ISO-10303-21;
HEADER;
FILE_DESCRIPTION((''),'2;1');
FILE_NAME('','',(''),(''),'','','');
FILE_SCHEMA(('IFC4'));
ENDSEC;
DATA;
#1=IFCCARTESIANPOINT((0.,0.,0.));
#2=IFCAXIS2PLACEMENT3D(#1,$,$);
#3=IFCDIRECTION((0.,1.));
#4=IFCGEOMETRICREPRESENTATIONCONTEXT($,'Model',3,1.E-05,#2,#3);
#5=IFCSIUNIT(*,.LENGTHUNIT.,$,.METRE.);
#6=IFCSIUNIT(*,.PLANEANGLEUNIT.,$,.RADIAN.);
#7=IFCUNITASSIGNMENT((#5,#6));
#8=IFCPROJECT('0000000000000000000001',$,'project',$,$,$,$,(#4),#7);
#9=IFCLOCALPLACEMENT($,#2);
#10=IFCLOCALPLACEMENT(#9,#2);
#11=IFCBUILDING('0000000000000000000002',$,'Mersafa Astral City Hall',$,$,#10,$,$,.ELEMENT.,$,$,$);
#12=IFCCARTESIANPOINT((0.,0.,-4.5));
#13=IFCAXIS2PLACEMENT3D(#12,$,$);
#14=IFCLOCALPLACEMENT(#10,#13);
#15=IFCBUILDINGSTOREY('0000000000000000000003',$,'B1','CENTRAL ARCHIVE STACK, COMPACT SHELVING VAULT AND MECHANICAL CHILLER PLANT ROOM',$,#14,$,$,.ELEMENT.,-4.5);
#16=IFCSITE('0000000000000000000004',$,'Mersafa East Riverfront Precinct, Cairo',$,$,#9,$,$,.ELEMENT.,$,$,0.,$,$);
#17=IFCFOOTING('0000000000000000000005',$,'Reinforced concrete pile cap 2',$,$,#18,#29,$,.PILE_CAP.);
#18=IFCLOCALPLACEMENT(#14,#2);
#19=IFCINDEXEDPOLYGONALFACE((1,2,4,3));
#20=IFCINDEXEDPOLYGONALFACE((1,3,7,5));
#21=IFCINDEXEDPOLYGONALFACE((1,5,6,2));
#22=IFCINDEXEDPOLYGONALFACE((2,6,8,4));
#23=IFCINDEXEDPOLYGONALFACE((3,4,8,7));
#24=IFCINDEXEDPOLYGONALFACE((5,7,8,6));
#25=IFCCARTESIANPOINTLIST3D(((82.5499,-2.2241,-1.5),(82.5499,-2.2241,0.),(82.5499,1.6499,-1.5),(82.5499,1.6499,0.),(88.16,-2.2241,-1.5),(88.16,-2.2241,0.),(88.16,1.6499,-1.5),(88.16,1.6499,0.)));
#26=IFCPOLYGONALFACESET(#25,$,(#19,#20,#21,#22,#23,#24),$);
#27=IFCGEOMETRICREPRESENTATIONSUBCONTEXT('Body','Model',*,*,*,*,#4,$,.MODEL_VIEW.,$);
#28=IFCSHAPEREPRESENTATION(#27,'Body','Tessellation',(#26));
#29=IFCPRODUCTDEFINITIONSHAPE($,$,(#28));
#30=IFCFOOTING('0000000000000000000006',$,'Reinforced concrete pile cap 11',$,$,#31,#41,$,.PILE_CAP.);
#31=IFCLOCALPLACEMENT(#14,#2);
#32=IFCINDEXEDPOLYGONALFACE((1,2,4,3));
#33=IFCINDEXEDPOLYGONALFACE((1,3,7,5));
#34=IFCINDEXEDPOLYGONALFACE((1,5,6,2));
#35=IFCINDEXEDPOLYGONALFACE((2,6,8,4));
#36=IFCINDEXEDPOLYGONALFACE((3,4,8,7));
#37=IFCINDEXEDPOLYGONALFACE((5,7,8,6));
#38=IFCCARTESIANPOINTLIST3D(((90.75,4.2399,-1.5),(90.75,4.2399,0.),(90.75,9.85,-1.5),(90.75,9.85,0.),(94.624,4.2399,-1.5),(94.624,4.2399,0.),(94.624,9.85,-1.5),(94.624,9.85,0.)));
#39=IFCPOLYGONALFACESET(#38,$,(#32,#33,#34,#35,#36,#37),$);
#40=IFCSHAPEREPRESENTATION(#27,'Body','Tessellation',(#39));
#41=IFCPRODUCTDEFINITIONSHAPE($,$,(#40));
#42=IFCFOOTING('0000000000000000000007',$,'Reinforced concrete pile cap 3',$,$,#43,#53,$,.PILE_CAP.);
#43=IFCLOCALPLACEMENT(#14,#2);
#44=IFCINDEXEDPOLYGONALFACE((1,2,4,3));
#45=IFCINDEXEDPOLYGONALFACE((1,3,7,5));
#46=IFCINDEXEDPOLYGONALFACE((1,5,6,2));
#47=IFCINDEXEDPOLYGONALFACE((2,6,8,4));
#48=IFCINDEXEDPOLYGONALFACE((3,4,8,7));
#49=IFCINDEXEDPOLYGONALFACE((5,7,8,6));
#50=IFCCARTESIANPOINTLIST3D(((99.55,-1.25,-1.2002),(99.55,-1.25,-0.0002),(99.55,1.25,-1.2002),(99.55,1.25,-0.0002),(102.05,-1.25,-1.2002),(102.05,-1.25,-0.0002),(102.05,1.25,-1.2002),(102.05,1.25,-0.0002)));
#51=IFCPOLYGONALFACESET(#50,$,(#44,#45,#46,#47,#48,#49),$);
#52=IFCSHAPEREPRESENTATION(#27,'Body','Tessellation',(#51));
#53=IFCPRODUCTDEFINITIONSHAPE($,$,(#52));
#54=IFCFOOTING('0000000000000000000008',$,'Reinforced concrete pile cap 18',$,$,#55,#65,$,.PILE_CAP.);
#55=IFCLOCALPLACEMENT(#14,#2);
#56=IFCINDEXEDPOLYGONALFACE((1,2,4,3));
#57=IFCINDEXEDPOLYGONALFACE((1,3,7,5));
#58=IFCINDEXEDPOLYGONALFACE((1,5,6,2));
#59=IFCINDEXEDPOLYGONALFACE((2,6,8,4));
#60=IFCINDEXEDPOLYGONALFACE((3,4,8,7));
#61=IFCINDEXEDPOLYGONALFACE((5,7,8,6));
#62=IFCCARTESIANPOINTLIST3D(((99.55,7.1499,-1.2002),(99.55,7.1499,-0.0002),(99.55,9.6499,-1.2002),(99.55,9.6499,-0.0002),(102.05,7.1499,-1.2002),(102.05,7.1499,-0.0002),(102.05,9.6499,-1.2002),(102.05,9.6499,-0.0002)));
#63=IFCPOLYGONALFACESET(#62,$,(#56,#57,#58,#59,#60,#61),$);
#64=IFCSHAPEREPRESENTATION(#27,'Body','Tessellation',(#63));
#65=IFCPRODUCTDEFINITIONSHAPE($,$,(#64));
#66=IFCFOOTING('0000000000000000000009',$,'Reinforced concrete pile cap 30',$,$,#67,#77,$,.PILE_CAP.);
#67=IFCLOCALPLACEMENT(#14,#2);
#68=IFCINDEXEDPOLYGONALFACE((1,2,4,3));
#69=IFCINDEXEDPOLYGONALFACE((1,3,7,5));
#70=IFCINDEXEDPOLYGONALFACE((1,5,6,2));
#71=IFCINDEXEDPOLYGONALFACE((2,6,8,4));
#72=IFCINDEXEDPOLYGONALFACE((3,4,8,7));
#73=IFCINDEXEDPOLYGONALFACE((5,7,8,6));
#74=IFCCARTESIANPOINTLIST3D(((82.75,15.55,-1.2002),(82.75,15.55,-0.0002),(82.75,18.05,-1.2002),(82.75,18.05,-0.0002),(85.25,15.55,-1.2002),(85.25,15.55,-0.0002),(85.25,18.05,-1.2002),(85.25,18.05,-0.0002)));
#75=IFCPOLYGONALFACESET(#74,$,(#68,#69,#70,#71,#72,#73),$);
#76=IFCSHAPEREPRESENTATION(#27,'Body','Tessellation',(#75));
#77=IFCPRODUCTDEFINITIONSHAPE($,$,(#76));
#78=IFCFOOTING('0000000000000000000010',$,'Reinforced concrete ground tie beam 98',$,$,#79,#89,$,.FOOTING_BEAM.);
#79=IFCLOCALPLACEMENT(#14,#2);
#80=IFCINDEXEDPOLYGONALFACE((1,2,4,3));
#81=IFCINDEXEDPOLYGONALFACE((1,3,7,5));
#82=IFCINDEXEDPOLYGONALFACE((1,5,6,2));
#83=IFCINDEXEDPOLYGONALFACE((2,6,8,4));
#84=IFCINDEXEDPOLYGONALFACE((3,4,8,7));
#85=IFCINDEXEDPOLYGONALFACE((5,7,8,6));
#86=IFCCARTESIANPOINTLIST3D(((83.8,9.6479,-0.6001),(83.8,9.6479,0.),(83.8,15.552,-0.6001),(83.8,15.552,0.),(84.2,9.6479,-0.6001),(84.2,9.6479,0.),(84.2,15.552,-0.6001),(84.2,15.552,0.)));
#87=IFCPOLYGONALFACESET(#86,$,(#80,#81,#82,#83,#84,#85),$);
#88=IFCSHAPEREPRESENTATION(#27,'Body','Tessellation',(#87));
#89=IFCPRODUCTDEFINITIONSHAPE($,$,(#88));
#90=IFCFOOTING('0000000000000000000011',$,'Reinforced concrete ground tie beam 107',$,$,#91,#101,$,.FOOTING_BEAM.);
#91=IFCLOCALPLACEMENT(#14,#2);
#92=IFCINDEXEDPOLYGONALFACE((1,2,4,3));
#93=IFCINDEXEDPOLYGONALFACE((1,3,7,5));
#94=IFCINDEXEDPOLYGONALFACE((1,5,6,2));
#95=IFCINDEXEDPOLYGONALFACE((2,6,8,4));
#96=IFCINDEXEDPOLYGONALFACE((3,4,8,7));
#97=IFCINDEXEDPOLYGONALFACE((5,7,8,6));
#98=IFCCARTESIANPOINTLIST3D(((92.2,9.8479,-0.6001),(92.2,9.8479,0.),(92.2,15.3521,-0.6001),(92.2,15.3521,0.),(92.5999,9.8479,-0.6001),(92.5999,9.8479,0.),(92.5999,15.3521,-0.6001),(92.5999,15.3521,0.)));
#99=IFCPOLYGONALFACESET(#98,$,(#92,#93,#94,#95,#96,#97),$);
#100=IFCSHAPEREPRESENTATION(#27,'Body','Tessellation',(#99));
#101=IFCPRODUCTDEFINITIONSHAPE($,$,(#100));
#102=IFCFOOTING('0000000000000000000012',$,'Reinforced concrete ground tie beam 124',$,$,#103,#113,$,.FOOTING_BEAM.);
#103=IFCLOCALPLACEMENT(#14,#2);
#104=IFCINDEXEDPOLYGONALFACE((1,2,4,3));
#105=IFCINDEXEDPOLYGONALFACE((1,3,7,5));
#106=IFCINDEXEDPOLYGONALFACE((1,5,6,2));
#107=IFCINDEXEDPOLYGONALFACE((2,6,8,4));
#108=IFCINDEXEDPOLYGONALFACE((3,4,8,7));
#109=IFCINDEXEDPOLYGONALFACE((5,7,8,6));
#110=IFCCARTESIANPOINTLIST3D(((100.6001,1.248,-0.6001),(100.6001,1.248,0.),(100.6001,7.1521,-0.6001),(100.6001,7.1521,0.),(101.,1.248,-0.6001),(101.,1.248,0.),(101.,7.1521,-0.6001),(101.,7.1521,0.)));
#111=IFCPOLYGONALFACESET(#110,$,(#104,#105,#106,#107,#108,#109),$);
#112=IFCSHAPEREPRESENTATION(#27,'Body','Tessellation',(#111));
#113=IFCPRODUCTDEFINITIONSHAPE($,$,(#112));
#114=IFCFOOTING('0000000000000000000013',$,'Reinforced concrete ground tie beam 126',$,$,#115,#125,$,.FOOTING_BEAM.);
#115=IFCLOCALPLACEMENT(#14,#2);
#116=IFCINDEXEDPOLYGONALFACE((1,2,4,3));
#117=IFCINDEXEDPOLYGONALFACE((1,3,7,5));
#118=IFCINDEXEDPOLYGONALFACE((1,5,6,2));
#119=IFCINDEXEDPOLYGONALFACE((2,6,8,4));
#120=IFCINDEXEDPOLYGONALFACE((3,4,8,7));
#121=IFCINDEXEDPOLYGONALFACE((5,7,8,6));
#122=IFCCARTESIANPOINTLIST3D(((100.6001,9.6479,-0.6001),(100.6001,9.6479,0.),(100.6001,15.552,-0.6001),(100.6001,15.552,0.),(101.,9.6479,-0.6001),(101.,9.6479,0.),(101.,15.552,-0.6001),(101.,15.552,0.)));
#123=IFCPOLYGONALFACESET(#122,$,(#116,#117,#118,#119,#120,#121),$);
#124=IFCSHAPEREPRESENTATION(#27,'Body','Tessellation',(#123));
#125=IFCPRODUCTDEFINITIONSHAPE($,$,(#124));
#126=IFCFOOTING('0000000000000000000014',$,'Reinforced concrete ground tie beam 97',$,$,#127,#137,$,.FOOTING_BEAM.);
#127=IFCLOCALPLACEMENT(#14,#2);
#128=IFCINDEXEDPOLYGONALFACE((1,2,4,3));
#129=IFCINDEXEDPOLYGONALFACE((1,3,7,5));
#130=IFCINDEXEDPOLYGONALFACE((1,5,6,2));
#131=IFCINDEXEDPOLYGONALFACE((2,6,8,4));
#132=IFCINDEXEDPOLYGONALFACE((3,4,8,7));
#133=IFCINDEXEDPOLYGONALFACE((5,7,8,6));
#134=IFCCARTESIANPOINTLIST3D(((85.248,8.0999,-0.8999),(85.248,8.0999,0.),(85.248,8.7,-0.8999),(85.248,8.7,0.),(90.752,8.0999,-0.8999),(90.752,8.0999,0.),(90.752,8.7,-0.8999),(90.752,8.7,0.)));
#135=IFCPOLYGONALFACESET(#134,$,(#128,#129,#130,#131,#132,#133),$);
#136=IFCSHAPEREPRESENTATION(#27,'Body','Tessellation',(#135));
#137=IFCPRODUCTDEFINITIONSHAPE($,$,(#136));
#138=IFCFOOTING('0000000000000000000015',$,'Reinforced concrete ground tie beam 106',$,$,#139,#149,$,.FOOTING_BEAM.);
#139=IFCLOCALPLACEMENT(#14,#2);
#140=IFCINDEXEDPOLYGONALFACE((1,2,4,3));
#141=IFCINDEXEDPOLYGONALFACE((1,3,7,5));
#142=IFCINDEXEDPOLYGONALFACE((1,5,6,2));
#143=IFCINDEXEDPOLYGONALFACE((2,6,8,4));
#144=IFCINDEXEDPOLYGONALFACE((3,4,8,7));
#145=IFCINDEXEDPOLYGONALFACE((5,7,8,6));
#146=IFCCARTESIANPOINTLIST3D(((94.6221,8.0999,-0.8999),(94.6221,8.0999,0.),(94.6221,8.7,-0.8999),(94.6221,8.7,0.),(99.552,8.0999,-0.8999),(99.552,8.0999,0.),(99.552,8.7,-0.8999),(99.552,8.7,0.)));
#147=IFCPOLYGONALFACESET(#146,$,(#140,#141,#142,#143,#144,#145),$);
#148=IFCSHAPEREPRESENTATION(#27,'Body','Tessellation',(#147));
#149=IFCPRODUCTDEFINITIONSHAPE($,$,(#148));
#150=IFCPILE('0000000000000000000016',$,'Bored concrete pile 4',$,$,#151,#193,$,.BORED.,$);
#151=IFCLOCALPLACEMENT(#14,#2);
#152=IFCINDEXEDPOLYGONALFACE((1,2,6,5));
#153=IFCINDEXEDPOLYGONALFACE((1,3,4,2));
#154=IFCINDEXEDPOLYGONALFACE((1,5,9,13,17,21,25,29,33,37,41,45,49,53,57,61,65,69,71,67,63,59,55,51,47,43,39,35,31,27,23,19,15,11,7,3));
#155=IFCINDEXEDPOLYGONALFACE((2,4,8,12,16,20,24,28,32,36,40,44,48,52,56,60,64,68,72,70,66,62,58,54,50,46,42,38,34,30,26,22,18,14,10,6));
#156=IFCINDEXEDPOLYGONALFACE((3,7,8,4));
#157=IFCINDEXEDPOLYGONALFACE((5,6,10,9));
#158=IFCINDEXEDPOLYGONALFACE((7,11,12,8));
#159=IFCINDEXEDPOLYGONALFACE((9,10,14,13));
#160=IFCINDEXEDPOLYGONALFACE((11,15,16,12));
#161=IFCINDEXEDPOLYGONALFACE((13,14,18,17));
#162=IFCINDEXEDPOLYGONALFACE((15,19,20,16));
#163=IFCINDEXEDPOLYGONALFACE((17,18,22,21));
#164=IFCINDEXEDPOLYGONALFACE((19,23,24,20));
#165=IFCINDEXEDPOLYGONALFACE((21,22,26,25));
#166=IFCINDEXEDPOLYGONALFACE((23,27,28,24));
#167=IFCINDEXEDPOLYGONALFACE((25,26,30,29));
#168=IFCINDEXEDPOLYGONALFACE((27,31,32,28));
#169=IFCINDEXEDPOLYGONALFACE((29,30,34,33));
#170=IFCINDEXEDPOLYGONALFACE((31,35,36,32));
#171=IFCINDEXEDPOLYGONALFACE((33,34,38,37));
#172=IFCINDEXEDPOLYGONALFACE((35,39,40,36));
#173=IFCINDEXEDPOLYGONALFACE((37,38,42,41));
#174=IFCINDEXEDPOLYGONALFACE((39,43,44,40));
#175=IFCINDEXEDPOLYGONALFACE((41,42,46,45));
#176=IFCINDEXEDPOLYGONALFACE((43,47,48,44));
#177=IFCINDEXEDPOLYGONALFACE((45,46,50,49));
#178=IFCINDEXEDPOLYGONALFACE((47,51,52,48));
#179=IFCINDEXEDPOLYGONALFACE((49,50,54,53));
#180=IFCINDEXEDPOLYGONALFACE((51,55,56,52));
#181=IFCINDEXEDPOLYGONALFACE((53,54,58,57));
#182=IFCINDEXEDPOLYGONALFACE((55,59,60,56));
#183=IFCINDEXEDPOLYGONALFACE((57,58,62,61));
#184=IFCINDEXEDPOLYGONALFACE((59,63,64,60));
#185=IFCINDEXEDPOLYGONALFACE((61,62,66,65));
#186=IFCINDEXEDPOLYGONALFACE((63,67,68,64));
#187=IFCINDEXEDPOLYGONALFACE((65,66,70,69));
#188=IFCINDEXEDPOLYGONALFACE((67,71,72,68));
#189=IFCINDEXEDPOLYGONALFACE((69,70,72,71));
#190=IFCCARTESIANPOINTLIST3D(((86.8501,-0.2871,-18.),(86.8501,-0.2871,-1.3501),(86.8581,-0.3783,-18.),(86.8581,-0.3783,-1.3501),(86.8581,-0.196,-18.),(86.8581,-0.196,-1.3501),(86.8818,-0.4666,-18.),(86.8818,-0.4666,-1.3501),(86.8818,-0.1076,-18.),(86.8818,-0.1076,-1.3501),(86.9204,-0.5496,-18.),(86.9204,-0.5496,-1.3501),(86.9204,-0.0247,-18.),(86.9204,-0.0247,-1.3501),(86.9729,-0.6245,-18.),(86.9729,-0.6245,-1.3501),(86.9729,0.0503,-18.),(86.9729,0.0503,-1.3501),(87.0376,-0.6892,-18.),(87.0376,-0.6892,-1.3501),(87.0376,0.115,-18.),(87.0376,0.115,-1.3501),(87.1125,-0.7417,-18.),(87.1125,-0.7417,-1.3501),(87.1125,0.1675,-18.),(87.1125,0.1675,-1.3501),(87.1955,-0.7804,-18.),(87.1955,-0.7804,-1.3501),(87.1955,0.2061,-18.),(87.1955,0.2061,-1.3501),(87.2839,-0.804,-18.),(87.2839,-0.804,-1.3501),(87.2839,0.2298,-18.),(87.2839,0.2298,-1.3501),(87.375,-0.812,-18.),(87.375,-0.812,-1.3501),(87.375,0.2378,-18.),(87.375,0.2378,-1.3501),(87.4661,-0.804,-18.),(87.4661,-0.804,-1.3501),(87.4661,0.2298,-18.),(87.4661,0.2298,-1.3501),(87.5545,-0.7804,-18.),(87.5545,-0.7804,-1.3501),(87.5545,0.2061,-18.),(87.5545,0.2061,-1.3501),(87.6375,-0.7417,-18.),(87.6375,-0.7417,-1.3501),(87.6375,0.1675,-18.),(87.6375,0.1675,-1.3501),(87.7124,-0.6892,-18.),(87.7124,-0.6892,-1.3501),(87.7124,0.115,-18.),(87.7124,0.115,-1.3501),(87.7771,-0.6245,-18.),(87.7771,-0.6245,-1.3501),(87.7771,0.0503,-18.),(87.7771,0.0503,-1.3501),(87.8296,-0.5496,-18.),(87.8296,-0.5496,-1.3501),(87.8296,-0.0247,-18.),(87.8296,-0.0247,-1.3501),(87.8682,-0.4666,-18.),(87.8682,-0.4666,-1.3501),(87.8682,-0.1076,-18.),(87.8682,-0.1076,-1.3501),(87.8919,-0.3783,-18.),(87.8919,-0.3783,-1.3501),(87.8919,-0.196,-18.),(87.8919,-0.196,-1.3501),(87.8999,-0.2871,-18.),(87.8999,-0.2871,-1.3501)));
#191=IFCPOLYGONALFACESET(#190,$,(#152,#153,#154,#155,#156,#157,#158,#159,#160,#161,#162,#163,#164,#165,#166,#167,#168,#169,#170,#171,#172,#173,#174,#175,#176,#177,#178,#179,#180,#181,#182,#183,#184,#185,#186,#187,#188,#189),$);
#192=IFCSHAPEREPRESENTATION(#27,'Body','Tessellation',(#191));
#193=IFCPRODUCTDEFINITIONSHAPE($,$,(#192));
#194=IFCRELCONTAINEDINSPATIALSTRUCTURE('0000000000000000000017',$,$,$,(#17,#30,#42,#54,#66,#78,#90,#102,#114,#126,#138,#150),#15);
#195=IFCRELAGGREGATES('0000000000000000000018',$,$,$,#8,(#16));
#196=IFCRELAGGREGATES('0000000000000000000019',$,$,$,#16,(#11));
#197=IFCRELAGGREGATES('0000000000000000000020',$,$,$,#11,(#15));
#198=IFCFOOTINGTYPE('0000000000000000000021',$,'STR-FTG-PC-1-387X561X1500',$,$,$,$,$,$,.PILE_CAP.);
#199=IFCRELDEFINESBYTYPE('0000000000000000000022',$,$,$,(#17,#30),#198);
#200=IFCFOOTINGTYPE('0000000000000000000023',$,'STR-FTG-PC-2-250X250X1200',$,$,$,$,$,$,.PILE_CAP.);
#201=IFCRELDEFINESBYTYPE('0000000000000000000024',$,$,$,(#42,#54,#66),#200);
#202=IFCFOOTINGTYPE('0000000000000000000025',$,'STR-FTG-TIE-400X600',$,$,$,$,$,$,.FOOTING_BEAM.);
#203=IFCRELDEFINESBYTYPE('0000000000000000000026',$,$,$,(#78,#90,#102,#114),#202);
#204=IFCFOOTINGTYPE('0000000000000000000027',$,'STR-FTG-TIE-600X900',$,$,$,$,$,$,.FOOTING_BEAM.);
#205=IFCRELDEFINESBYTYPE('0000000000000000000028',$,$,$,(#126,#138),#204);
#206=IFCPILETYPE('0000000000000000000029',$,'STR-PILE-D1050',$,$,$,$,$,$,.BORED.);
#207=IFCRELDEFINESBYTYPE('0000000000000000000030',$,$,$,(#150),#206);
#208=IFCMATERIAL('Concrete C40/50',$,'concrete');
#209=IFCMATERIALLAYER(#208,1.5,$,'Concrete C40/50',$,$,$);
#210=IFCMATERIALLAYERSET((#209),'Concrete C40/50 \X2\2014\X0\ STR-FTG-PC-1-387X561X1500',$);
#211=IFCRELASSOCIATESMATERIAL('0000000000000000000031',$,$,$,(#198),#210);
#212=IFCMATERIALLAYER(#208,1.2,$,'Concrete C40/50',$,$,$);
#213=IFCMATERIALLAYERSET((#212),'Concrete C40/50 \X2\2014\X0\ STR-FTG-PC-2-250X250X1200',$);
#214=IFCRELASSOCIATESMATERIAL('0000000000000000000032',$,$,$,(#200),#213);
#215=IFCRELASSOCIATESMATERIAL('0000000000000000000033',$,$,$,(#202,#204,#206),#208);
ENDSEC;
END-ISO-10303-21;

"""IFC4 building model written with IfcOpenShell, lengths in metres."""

from ifc_helpers import new_model, si_unit, direction, frame, origin, origin_2d, place, context, subcontext, project, spatial, rectangle, circle, extrude, material, layer, layer_set, material_profile, profile_set, type_object, element, save


model = new_model("IFC4")

# Units and contexts
model_context = context("Model", 3, precision=1e-05, world=origin(), true_north=direction((0.0, 1.0)))
body_context = subcontext(model_context, "Body", "Model", "MODEL_VIEW")
ifc_project = project(units=[si_unit("LENGTHUNIT", "METRE"), si_unit("PLANEANGLEUNIT", "RADIAN")], contexts=[model_context])

# Site, building, storey
site_placement = place(None, origin())
site = spatial("IfcSite", under=ifc_project, at=site_placement, Name="Mersafa East Riverfront Precinct, Cairo", CompositionType="ELEMENT", RefElevation=0.0)
building_placement = place(site_placement, origin())
building = spatial("IfcBuilding", under=site, at=building_placement, Name="Mersafa Astral City Hall", CompositionType="ELEMENT")
storey_placement = place(building_placement, frame((0.0, 0.0, -4.5)))
storey = spatial("IfcBuildingStorey", under=building, at=storey_placement, Name="B1", Description="CENTRAL ARCHIVE STACK, COMPACT SHELVING VAULT AND MECHANICAL CHILLER PLANT ROOM", CompositionType="ELEMENT", Elevation=-4.5)

# Footings
ifc_material = material(Name="Concrete C40/50", Category="concrete")
ifc_layer_1 = layer(ifc_material, 1.5, Name="Concrete C40/50")
ifc_layer_set_1 = layer_set([ifc_layer_1], Name="Concrete C40/50 — STR-FTG-PC-1-387X561X1500")
footing_type_1 = type_object("IfcFootingType", Name="STR-FTG-PC-1-387X561X1500", PredefinedType="PILE_CAP", material=ifc_layer_set_1)
footing_1_placement = place(storey_placement, frame((85.355, -0.2871, -1.5), z_axis=(0.0, 0.0, 1.0), x_axis=(1.0, 0.0, 0.0)))
element("IfcFooting", 1, at=footing_1_placement, inside=storey, type_object=footing_type_1, Name="Reinforced concrete pile cap 2", PredefinedType="PILE_CAP", context=body_context, shape_type="SweptSolid", body=[
    extrude(rectangle(XDim=5.6101, YDim=3.874, at=origin_2d()), origin(), (0.0, 0.0, 1.0), 1.5),
])
footing_2_placement = place(storey_placement, frame((92.687, 7.0449, -1.5), z_axis=(0.0, 0.0, 1.0), x_axis=(1.0, 0.0, 0.0)))
element("IfcFooting", 2, at=footing_2_placement, inside=storey, type_object=footing_type_1, Name="Reinforced concrete pile cap 11", PredefinedType="PILE_CAP", context=body_context, shape_type="SweptSolid", body=[
    extrude(rectangle(XDim=3.874, YDim=5.6101, at=origin_2d()), origin(), (0.0, 0.0, 1.0), 1.5),
])
ifc_layer_2 = layer(ifc_material, 1.2, Name="Concrete C40/50")
ifc_layer_set_2 = layer_set([ifc_layer_2], Name="Concrete C40/50 — STR-FTG-PC-2-250X250X1200")
footing_type_2 = type_object("IfcFootingType", Name="STR-FTG-PC-2-250X250X1200", PredefinedType="PILE_CAP", material=ifc_layer_set_2)
for number, where, z_axis, x_axis, name in (
    (3, (100.8, 0.0, -1.2002), (0.0, 0.0, 1.0), (1.0, 0.0, 0.0), "Reinforced concrete pile cap 3"),
    (4, (100.8, 8.3999, -1.2002), (0.0, 0.0, 1.0), (1.0, 0.0, 0.0), "Reinforced concrete pile cap 18"),
    (5, (84.0, 16.8, -1.2002), (0.0, 0.0, 1.0), (1.0, 0.0, 0.0), "Reinforced concrete pile cap 30"),
):
    element("IfcFooting", number, at=place(storey_placement, frame(where, z_axis=z_axis, x_axis=x_axis)), inside=storey, type_object=footing_type_2, Name=name, PredefinedType="PILE_CAP", context=body_context, shape_type="SweptSolid", body=[
        extrude(rectangle(XDim=2.5, YDim=2.5, at=origin_2d()), origin(), (0.0, 0.0, 1.0), 1.2),
    ])
ifc_material_profile_1 = material_profile(ifc_material, rectangle(XDim=0.3999, YDim=0.6001, at=origin_2d()), Name="RC 400x600")
ifc_profile_set_1 = profile_set([ifc_material_profile_1], Name="Concrete C40/50")
footing_type_3 = type_object("IfcFootingType", Name="STR-FTG-TIE-400X600", PredefinedType="FOOTING_BEAM", material=ifc_profile_set_1)
footing_3_placement = place(storey_placement, frame((84.0, 9.6479, -0.3), z_axis=(0.0, 1.0, 0.0), x_axis=(-1.0, 0.0, 0.0)))
element("IfcFooting", 6, at=footing_3_placement, inside=storey, type_object=footing_type_3, Name="Reinforced concrete ground tie beam 98", PredefinedType="FOOTING_BEAM", context=body_context, shape_type="SweptSolid", body=[
    extrude(rectangle(XDim=0.3999, YDim=0.6001, at=origin_2d()), origin(), (0.0, 0.0, 1.0), 5.9041),
])
footing_4_placement = place(storey_placement, frame((92.3999, 9.8479, -0.3), z_axis=(0.0, 1.0, 0.0), x_axis=(-1.0, 0.0, 0.0)))
element("IfcFooting", 7, at=footing_4_placement, inside=storey, type_object=footing_type_3, Name="Reinforced concrete ground tie beam 107", PredefinedType="FOOTING_BEAM", context=body_context, shape_type="SweptSolid", body=[
    extrude(rectangle(XDim=0.3999, YDim=0.6001, at=origin_2d()), origin(), (0.0, 0.0, 1.0), 5.5042),
])
for number, where, z_axis, x_axis, name in (
    (8, (100.8, 1.248, -0.3), (0.0, 1.0, 0.0), (-1.0, 0.0, 0.0), "Reinforced concrete ground tie beam 124"),
    (9, (100.8, 9.6479, -0.3), (0.0, 1.0, 0.0), (-1.0, 0.0, 0.0), "Reinforced concrete ground tie beam 126"),
):
    element("IfcFooting", number, at=place(storey_placement, frame(where, z_axis=z_axis, x_axis=x_axis)), inside=storey, type_object=footing_type_3, Name=name, PredefinedType="FOOTING_BEAM", context=body_context, shape_type="SweptSolid", body=[
        extrude(rectangle(XDim=0.3999, YDim=0.6001, at=origin_2d()), origin(), (0.0, 0.0, 1.0), 5.9041),
    ])
ifc_material_profile_2 = material_profile(ifc_material, rectangle(XDim=0.6001, YDim=0.8999, at=origin_2d()), Name="RC 600x900")
ifc_profile_set_2 = profile_set([ifc_material_profile_2], Name="Concrete C40/50")
footing_type_4 = type_object("IfcFootingType", Name="STR-FTG-TIE-600X900", PredefinedType="FOOTING_BEAM", material=ifc_profile_set_2)
footing_5_placement = place(storey_placement, frame((85.248, 8.3999, -0.45), z_axis=(1.0, 0.0, 0.0), x_axis=(0.0, 1.0, 0.0)))
element("IfcFooting", 10, at=footing_5_placement, inside=storey, type_object=footing_type_4, Name="Reinforced concrete ground tie beam 97", PredefinedType="FOOTING_BEAM", context=body_context, shape_type="SweptSolid", body=[
    extrude(rectangle(XDim=0.6001, YDim=0.8999, at=origin_2d()), origin(), (0.0, 0.0, 1.0), 5.5039),
])
footing_6_placement = place(storey_placement, frame((94.6221, 8.3999, -0.45), z_axis=(1.0, 0.0, 0.0), x_axis=(0.0, 1.0, 0.0)))
element("IfcFooting", 11, at=footing_6_placement, inside=storey, type_object=footing_type_4, Name="Reinforced concrete ground tie beam 106", PredefinedType="FOOTING_BEAM", context=body_context, shape_type="SweptSolid", body=[
    extrude(rectangle(XDim=0.6001, YDim=0.8999, at=origin_2d()), origin(), (0.0, 0.0, 1.0), 4.9299),
])

# Pile
ifc_material_profile_3 = material_profile(ifc_material, circle(Radius=0.5249, at=origin_2d()), Name="PILE D1050")
ifc_profile_set_3 = profile_set([ifc_material_profile_3], Name="Concrete C40/50")
pile_type_1 = type_object("IfcPileType", Name="STR-PILE-D1050", PredefinedType="BORED", material=ifc_profile_set_3)
for number, where, z_axis, x_axis, name in (
    (12, (87.375, -0.2871, -1.3501), (0.0, 0.0, -1.0), (1.0, 0.0, 0.0), "Bored concrete pile 4"),
):
    element("IfcPile", number, at=place(storey_placement, frame(where, z_axis=z_axis, x_axis=x_axis)), inside=storey, type_object=pile_type_1, Name=name, PredefinedType="BORED", context=body_context, shape_type="SweptSolid", body=[
        extrude(circle(Radius=0.5249, at=origin_2d()), origin(), (0.0, 0.0, 1.0), 16.6499),
    ])

save(model, "model.ifc")
